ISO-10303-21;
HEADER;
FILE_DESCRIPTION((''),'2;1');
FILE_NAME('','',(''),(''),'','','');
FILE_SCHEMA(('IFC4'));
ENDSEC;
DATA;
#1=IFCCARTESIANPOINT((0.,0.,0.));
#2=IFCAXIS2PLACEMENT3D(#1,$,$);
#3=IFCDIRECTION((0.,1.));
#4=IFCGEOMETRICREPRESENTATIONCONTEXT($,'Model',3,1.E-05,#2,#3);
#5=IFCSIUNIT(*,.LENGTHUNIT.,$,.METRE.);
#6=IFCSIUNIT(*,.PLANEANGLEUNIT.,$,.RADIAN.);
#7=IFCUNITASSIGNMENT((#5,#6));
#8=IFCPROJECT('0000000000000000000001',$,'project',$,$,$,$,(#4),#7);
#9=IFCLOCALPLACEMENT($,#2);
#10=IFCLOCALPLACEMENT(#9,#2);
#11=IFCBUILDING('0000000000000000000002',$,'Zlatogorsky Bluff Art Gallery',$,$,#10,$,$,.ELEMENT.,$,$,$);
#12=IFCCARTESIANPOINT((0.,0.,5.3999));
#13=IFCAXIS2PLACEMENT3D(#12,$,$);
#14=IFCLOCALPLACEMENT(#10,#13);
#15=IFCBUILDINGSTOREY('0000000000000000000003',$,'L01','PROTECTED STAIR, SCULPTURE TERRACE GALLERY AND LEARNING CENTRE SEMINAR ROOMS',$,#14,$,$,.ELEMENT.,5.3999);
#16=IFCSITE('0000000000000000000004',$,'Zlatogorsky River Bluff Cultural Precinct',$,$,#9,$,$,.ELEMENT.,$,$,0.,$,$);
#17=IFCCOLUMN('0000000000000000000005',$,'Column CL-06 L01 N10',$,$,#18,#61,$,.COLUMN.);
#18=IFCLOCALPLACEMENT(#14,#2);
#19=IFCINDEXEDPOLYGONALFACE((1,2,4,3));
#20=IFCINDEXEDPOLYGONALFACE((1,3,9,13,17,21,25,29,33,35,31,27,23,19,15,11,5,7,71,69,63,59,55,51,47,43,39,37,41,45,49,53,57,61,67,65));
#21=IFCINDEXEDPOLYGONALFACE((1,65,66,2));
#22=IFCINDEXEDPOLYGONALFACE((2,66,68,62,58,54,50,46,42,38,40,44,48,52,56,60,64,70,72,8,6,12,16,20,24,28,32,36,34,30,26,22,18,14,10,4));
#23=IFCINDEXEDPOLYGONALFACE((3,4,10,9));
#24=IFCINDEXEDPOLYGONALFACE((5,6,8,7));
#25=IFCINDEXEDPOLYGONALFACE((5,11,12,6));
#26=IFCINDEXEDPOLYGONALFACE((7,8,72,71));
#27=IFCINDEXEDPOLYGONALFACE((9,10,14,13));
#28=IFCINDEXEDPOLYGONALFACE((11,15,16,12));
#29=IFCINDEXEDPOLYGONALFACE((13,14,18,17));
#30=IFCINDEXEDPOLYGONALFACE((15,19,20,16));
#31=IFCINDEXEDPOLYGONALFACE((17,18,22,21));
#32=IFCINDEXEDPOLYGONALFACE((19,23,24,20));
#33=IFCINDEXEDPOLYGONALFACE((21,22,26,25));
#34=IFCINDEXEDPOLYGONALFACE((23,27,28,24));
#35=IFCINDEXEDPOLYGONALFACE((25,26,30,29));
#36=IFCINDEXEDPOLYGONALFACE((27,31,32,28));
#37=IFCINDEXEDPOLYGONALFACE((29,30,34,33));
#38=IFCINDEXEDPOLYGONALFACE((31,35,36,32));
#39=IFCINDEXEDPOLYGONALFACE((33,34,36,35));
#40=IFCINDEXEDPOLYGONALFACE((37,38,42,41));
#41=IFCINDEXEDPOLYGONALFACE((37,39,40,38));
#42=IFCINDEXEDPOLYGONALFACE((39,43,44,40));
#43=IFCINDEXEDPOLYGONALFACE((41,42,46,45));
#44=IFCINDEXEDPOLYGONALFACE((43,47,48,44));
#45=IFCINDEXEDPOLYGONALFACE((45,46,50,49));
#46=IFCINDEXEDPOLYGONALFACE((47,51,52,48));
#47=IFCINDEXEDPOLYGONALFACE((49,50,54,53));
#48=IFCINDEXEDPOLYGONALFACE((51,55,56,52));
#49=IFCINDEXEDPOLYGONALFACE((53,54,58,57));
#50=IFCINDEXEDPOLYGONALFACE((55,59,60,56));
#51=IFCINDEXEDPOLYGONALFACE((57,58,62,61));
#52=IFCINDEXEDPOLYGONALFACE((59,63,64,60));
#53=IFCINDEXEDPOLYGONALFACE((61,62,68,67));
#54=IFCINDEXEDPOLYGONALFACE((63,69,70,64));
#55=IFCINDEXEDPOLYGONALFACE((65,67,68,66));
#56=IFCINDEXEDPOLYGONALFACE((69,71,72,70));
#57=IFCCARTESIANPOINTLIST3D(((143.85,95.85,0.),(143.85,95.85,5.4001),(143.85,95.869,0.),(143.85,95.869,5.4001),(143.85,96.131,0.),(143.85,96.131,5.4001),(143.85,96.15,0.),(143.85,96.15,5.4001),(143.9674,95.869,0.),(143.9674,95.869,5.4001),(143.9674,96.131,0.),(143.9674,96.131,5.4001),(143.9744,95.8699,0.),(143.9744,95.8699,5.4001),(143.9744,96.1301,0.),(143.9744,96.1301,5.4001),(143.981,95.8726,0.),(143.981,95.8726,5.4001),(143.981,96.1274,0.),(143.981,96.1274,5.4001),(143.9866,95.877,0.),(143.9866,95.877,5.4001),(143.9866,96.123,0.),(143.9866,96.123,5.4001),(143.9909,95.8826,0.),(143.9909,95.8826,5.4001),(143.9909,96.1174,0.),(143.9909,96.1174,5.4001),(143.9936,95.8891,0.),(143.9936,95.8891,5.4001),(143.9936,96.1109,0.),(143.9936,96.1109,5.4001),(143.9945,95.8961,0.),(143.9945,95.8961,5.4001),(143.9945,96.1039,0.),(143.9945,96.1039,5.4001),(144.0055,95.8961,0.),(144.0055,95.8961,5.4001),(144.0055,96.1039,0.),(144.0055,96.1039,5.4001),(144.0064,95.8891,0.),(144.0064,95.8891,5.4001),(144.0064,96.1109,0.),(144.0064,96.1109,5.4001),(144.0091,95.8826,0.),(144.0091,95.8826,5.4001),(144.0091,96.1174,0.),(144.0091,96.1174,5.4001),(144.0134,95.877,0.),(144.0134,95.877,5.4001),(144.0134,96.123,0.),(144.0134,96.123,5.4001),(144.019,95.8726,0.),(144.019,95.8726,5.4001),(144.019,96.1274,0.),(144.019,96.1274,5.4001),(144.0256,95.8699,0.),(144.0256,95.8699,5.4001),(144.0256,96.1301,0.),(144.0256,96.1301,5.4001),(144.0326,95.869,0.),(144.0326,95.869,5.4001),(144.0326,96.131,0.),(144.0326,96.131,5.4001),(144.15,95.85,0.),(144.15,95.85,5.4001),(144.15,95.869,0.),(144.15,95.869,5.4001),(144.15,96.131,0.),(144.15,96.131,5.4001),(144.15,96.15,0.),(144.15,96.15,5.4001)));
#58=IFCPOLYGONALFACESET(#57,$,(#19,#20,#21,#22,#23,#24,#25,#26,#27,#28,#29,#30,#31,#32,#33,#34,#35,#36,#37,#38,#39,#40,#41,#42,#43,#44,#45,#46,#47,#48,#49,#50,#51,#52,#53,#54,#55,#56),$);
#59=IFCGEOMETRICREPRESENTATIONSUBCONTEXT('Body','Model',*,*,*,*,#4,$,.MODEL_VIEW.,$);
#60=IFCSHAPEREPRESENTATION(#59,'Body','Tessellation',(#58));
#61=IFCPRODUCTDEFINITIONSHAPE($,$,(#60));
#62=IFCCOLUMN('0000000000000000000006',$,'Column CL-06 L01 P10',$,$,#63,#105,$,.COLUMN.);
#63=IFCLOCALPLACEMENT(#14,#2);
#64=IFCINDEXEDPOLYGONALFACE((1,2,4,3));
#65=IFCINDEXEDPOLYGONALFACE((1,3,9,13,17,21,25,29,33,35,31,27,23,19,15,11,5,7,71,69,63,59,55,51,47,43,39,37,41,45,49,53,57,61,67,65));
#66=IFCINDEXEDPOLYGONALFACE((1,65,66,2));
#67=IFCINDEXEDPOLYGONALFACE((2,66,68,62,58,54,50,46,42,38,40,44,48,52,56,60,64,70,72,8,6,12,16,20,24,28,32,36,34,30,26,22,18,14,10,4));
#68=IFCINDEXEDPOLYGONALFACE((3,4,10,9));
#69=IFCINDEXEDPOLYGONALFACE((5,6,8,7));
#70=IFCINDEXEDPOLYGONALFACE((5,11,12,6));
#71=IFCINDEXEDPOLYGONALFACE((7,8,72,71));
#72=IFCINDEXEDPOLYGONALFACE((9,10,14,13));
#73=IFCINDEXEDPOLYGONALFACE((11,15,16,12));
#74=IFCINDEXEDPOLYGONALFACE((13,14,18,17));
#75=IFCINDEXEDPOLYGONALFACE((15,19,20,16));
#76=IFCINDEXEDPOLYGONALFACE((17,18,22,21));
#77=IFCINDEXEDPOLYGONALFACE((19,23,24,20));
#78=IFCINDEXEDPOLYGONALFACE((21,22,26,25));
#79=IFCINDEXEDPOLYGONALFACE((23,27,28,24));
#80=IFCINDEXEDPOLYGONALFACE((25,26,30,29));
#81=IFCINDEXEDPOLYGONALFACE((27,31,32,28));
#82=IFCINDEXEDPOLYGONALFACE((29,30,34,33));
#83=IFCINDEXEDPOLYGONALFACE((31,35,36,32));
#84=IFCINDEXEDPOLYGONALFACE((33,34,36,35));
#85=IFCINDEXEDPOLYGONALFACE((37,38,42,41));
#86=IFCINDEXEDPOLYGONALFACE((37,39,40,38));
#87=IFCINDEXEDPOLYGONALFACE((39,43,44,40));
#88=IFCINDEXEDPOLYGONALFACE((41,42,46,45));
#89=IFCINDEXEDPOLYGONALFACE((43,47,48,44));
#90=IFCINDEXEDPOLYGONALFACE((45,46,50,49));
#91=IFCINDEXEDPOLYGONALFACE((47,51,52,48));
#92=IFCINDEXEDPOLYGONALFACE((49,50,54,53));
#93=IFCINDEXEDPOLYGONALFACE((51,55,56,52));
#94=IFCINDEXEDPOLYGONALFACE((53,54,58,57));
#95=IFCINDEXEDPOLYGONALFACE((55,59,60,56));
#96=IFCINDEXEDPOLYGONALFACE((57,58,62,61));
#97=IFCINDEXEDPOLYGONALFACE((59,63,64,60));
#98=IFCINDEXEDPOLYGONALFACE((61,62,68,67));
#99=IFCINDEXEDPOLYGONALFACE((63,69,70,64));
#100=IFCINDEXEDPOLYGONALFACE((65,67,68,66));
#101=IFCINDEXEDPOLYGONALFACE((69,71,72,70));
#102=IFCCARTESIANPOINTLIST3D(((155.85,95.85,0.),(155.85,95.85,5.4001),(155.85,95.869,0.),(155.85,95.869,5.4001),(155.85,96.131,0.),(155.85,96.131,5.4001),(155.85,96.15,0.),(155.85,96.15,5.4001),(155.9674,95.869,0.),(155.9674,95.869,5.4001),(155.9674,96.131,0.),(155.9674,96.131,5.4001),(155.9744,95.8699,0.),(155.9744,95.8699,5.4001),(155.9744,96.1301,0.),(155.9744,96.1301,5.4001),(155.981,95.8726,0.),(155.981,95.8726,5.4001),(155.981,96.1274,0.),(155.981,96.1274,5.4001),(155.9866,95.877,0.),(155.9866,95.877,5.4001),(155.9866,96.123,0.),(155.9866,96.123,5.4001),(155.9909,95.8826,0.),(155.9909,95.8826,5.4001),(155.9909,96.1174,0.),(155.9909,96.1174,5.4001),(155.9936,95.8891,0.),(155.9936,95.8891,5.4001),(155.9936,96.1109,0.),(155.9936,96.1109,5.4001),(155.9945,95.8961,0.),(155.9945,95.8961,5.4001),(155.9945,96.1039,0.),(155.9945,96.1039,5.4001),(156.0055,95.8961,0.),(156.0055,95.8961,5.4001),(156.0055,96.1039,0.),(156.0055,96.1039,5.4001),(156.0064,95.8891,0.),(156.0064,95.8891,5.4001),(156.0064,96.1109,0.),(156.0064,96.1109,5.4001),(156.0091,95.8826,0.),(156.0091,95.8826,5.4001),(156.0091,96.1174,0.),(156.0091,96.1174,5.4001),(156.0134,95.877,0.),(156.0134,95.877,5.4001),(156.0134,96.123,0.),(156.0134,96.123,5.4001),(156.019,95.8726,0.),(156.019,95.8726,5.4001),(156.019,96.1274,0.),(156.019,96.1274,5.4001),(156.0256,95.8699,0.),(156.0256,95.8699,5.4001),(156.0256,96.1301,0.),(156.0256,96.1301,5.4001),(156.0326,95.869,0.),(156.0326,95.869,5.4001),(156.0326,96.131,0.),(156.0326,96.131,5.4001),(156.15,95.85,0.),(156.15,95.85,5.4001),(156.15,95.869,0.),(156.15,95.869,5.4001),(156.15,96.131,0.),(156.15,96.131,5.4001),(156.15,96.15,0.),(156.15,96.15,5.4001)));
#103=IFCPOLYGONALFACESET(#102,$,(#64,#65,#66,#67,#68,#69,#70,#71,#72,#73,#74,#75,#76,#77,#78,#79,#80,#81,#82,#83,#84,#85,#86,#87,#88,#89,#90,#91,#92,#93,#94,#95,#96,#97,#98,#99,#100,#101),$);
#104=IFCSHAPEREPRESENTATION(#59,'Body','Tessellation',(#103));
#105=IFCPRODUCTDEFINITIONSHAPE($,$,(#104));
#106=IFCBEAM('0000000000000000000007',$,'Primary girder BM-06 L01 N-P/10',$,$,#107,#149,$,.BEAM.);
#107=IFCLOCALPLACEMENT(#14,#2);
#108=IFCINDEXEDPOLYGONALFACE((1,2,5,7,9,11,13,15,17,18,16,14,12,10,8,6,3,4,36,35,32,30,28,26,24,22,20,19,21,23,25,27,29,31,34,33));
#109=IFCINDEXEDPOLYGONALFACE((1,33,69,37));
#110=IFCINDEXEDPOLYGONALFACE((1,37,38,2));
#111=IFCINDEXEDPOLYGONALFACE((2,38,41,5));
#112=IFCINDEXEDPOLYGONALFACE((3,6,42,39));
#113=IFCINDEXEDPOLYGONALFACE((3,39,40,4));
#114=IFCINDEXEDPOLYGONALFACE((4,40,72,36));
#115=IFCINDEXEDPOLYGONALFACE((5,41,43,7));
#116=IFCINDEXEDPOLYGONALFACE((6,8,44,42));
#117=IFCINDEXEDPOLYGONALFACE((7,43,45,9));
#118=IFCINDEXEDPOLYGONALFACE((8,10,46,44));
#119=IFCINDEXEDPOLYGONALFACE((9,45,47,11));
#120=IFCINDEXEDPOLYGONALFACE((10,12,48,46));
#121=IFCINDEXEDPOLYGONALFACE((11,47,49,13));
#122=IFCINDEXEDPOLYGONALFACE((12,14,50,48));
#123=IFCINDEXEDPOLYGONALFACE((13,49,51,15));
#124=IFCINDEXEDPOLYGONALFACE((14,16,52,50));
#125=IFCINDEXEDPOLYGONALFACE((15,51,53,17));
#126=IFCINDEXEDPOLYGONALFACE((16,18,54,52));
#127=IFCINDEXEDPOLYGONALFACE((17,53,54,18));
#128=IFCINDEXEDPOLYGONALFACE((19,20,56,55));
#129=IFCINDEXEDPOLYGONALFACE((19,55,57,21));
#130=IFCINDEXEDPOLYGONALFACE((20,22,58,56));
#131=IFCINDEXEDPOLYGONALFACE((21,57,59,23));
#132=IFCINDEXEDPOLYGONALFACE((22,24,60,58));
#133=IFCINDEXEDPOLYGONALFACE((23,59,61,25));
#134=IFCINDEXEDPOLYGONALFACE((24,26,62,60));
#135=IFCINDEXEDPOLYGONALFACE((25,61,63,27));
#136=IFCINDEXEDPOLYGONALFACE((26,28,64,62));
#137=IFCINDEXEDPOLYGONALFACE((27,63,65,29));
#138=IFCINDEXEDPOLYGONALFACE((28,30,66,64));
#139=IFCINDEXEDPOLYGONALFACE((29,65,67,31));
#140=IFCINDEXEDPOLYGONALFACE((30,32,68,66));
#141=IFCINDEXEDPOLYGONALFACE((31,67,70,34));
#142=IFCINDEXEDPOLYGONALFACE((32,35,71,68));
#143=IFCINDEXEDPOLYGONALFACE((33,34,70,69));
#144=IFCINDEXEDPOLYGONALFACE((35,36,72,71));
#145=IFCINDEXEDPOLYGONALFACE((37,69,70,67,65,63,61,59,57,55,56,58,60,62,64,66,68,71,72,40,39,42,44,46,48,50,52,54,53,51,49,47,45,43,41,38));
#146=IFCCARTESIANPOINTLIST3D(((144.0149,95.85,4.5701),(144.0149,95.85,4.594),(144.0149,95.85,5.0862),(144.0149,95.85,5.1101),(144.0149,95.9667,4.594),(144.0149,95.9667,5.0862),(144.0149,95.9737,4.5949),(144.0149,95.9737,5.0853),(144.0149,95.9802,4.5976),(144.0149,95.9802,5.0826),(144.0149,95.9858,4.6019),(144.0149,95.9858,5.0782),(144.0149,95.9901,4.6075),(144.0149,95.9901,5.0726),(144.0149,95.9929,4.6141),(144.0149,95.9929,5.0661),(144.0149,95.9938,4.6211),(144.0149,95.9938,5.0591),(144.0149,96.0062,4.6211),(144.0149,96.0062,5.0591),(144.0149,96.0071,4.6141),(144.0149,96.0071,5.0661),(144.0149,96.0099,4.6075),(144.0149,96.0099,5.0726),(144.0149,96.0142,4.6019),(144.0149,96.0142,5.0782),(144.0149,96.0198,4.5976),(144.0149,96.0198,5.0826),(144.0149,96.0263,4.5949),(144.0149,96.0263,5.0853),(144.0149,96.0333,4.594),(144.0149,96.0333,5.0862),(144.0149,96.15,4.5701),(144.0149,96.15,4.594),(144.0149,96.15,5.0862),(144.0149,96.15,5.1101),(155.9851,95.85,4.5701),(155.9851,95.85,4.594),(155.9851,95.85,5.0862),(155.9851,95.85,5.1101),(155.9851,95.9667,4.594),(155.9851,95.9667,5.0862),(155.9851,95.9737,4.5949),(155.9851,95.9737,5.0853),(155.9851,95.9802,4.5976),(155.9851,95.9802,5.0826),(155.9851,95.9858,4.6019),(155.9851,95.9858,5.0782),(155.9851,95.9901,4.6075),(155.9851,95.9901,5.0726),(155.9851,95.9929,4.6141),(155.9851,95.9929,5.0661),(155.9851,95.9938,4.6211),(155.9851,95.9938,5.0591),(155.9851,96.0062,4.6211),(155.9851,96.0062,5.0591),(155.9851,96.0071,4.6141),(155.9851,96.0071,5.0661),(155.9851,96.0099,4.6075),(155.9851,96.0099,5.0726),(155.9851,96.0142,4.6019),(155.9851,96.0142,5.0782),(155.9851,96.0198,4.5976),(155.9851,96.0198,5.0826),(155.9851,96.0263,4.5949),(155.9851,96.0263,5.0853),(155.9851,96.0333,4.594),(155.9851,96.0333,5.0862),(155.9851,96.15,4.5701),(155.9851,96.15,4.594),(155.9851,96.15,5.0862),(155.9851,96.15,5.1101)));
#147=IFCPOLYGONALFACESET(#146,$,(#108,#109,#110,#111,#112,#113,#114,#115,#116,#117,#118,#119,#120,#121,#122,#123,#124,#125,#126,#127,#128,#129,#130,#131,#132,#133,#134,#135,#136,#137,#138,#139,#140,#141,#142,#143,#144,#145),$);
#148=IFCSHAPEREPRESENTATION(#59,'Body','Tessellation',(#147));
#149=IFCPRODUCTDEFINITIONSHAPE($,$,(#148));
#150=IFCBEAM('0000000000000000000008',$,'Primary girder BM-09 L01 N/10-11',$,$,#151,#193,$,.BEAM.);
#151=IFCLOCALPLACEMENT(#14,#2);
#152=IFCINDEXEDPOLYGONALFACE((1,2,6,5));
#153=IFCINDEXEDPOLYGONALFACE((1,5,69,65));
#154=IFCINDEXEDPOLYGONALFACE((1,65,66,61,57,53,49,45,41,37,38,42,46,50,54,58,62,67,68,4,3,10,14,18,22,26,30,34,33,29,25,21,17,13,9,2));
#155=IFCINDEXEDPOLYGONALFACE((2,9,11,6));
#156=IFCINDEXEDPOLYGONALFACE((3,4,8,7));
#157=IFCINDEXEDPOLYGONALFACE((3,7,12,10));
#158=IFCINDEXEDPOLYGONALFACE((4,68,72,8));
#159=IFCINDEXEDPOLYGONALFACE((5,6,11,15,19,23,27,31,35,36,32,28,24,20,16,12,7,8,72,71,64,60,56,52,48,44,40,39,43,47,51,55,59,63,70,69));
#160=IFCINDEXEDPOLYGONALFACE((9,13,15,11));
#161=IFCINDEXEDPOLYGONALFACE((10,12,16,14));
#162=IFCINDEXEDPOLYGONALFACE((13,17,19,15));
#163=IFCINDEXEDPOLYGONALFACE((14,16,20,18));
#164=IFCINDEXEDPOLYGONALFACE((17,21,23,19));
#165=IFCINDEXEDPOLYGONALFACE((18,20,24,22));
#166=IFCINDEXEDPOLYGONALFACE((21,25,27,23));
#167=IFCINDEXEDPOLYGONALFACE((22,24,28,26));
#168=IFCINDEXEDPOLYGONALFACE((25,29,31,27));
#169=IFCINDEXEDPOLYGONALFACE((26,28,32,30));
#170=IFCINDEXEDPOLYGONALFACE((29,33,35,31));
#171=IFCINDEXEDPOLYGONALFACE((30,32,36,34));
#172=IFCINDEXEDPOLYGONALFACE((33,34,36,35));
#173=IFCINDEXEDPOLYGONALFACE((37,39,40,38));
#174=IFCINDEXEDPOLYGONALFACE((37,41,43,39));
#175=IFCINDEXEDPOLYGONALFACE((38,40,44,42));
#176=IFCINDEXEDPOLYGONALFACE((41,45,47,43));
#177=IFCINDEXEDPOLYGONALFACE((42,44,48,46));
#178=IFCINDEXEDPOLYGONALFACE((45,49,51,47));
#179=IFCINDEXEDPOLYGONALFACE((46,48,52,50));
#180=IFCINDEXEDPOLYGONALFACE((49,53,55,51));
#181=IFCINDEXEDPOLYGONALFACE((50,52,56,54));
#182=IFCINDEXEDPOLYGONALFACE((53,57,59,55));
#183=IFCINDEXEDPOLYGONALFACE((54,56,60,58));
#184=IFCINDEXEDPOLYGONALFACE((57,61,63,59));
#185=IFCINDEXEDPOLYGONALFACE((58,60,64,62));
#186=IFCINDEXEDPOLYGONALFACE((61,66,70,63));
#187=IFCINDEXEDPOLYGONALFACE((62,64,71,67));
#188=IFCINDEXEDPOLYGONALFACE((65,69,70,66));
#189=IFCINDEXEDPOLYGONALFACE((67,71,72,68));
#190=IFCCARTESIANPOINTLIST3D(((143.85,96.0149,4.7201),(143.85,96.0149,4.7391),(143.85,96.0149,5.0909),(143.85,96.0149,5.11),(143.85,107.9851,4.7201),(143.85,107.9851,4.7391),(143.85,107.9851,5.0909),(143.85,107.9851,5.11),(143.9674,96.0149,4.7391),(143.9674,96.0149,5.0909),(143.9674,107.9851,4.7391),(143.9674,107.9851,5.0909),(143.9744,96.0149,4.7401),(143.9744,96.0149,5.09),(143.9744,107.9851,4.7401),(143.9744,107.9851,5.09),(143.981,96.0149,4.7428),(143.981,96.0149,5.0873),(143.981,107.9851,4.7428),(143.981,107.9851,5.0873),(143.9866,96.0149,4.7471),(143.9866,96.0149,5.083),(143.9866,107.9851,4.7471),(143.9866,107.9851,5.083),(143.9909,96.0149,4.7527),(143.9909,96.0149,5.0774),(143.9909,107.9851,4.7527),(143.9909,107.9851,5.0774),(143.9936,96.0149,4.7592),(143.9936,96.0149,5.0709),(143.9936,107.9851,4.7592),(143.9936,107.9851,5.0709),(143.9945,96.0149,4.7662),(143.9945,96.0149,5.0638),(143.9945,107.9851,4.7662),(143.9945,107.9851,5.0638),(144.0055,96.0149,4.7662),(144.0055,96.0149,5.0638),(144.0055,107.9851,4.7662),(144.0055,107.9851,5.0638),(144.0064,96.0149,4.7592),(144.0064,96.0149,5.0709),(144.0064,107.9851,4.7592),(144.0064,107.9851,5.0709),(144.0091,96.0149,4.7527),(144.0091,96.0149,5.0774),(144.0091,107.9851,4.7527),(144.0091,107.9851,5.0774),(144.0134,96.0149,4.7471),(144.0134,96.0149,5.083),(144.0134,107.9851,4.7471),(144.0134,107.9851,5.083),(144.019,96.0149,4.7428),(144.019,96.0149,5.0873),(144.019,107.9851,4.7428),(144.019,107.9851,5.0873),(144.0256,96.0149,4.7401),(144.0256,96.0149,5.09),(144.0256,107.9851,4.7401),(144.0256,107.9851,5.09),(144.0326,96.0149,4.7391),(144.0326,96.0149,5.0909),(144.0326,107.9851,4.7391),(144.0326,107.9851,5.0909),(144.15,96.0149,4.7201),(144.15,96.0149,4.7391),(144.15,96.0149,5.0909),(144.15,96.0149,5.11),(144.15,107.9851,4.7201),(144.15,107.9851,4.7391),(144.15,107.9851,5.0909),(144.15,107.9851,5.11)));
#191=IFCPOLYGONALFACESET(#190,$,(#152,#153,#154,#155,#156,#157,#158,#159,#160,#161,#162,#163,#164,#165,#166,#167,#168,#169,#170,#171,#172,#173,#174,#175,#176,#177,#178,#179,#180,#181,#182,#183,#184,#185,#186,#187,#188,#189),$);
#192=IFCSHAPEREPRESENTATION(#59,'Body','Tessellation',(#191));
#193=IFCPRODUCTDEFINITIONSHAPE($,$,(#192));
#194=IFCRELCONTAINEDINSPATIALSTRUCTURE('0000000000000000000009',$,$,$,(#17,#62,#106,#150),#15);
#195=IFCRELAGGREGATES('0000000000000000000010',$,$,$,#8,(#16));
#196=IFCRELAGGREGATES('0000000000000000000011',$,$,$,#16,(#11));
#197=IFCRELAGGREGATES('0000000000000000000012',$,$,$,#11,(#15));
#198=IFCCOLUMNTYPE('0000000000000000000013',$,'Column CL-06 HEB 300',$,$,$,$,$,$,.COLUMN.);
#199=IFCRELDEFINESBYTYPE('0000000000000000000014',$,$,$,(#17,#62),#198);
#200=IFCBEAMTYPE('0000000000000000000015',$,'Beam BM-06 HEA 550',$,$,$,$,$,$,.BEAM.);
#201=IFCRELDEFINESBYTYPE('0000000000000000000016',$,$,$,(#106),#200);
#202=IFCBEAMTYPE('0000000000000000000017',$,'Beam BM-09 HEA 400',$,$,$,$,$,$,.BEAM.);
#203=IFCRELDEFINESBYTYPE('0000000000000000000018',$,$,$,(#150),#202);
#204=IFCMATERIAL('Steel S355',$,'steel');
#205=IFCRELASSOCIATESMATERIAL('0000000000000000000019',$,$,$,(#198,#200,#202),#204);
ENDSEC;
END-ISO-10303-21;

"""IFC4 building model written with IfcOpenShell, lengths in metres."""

from ifc_helpers import new_model, si_unit, direction, frame, origin, origin_2d, place, context, subcontext, project, spatial, i_section, extrude, material, material_profile, profile_set, type_object, element, save


model = new_model("IFC4")

# Units and contexts
model_context = context("Model", 3, precision=1e-05, world=origin(), true_north=direction((0.0, 1.0)))
body_context = subcontext(model_context, "Body", "Model", "MODEL_VIEW")
ifc_project = project(units=[si_unit("LENGTHUNIT", "METRE"), si_unit("PLANEANGLEUNIT", "RADIAN")], contexts=[model_context])

# Site, building, storey
site_placement = place(None, origin())
site = spatial("IfcSite", under=ifc_project, at=site_placement, Name="Zlatogorsky River Bluff Cultural Precinct", CompositionType="ELEMENT", RefElevation=0.0)
building_placement = place(site_placement, origin())
building = spatial("IfcBuilding", under=site, at=building_placement, Name="Zlatogorsky Bluff Art Gallery", CompositionType="ELEMENT")
storey_placement = place(building_placement, frame((0.0, 0.0, 5.3999)))
storey = spatial("IfcBuildingStorey", under=building, at=storey_placement, Name="L01", Description="PROTECTED STAIR, SCULPTURE TERRACE GALLERY AND LEARNING CENTRE SEMINAR ROOMS", CompositionType="ELEMENT", Elevation=5.3999)

# Columns
ifc_material_1 = material(Name="Steel S355", Category="steel")
ifc_material_profile_1 = material_profile(ifc_material_1, i_section(OverallWidth=0.3, OverallDepth=0.3, WebThickness=0.011, FlangeThickness=0.019, FilletRadius=0.0271, at=origin_2d()), Name="HEB 300")
ifc_profile_set_1 = profile_set([ifc_material_profile_1], Name="Steel S355")
column_type = type_object("IfcColumnType", Name="Column CL-06 HEB 300", PredefinedType="COLUMN", material=ifc_profile_set_1)
for number, where, z_axis, x_axis, name in (
    (1, (144.0, 96.0, 0.0), (0.0, 0.0, 1.0), (1.0, 0.0, 0.0), "Column CL-06 L01 N10"),
    (2, (156.0, 96.0, 0.0), (0.0, 0.0, 1.0), (1.0, 0.0, 0.0), "Column CL-06 L01 P10"),
):
    element("IfcColumn", number, at=place(storey_placement, frame(where, z_axis=z_axis, x_axis=x_axis)), inside=storey, type_object=column_type, Name=name, PredefinedType="COLUMN", context=body_context, shape_type="SweptSolid", body=[
        extrude(i_section(OverallWidth=0.3, OverallDepth=0.3, WebThickness=0.011, FlangeThickness=0.019, FilletRadius=0.0271, at=origin_2d()), origin(), (0.0, 0.0, 1.0), 5.4001),
    ])

# Beams
ifc_material_profile_2 = material_profile(ifc_material_1, i_section(OverallWidth=0.3, OverallDepth=0.54, WebThickness=0.0125, FlangeThickness=0.0239, FilletRadius=0.0271, at=origin_2d()), Name="HEA 550")
ifc_profile_set_2 = profile_set([ifc_material_profile_2], Name="Steel S355")
beam_type_1 = type_object("IfcBeamType", Name="Beam BM-06 HEA 550", PredefinedType="BEAM", material=ifc_profile_set_2)
beam_1_placement = place(storey_placement, frame((144.0149, 96.0, 4.8401), z_axis=(1.0, 0.0, 0.0), x_axis=(0.0, 1.0, 0.0)))
element("IfcBeam", 3, at=beam_1_placement, inside=storey, type_object=beam_type_1, Name="Primary girder BM-06 L01 N-P/10", PredefinedType="BEAM", context=body_context, shape_type="SweptSolid", body=[
    extrude(i_section(OverallWidth=0.3, OverallDepth=0.54, WebThickness=0.0125, FlangeThickness=0.0239, FilletRadius=0.0271, at=origin_2d()), origin(), (0.0, 0.0, 1.0), 11.9702),
])
ifc_material_profile_3 = material_profile(ifc_material_1, i_section(OverallWidth=0.3, OverallDepth=0.3899, WebThickness=0.011, FlangeThickness=0.019, FilletRadius=0.0271, at=origin_2d()), Name="HEA 400")
ifc_profile_set_3 = profile_set([ifc_material_profile_3], Name="Steel S355")
beam_type_2 = type_object("IfcBeamType", Name="Beam BM-09 HEA 400", PredefinedType="BEAM", material=ifc_profile_set_3)
beam_2_placement = place(storey_placement, frame((144.0, 96.0149, 4.915), z_axis=(0.0, 1.0, 0.0), x_axis=(-1.0, 0.0, 0.0)))
element("IfcBeam", 4, at=beam_2_placement, inside=storey, type_object=beam_type_2, Name="Primary girder BM-09 L01 N/10-11", PredefinedType="BEAM", context=body_context, shape_type="SweptSolid", body=[
    extrude(i_section(OverallWidth=0.3, OverallDepth=0.3899, WebThickness=0.011, FlangeThickness=0.019, FilletRadius=0.0271, at=origin_2d()), origin(), (0.0, 0.0, 1.0), 11.9702),
])

save(model, "model.ifc")
